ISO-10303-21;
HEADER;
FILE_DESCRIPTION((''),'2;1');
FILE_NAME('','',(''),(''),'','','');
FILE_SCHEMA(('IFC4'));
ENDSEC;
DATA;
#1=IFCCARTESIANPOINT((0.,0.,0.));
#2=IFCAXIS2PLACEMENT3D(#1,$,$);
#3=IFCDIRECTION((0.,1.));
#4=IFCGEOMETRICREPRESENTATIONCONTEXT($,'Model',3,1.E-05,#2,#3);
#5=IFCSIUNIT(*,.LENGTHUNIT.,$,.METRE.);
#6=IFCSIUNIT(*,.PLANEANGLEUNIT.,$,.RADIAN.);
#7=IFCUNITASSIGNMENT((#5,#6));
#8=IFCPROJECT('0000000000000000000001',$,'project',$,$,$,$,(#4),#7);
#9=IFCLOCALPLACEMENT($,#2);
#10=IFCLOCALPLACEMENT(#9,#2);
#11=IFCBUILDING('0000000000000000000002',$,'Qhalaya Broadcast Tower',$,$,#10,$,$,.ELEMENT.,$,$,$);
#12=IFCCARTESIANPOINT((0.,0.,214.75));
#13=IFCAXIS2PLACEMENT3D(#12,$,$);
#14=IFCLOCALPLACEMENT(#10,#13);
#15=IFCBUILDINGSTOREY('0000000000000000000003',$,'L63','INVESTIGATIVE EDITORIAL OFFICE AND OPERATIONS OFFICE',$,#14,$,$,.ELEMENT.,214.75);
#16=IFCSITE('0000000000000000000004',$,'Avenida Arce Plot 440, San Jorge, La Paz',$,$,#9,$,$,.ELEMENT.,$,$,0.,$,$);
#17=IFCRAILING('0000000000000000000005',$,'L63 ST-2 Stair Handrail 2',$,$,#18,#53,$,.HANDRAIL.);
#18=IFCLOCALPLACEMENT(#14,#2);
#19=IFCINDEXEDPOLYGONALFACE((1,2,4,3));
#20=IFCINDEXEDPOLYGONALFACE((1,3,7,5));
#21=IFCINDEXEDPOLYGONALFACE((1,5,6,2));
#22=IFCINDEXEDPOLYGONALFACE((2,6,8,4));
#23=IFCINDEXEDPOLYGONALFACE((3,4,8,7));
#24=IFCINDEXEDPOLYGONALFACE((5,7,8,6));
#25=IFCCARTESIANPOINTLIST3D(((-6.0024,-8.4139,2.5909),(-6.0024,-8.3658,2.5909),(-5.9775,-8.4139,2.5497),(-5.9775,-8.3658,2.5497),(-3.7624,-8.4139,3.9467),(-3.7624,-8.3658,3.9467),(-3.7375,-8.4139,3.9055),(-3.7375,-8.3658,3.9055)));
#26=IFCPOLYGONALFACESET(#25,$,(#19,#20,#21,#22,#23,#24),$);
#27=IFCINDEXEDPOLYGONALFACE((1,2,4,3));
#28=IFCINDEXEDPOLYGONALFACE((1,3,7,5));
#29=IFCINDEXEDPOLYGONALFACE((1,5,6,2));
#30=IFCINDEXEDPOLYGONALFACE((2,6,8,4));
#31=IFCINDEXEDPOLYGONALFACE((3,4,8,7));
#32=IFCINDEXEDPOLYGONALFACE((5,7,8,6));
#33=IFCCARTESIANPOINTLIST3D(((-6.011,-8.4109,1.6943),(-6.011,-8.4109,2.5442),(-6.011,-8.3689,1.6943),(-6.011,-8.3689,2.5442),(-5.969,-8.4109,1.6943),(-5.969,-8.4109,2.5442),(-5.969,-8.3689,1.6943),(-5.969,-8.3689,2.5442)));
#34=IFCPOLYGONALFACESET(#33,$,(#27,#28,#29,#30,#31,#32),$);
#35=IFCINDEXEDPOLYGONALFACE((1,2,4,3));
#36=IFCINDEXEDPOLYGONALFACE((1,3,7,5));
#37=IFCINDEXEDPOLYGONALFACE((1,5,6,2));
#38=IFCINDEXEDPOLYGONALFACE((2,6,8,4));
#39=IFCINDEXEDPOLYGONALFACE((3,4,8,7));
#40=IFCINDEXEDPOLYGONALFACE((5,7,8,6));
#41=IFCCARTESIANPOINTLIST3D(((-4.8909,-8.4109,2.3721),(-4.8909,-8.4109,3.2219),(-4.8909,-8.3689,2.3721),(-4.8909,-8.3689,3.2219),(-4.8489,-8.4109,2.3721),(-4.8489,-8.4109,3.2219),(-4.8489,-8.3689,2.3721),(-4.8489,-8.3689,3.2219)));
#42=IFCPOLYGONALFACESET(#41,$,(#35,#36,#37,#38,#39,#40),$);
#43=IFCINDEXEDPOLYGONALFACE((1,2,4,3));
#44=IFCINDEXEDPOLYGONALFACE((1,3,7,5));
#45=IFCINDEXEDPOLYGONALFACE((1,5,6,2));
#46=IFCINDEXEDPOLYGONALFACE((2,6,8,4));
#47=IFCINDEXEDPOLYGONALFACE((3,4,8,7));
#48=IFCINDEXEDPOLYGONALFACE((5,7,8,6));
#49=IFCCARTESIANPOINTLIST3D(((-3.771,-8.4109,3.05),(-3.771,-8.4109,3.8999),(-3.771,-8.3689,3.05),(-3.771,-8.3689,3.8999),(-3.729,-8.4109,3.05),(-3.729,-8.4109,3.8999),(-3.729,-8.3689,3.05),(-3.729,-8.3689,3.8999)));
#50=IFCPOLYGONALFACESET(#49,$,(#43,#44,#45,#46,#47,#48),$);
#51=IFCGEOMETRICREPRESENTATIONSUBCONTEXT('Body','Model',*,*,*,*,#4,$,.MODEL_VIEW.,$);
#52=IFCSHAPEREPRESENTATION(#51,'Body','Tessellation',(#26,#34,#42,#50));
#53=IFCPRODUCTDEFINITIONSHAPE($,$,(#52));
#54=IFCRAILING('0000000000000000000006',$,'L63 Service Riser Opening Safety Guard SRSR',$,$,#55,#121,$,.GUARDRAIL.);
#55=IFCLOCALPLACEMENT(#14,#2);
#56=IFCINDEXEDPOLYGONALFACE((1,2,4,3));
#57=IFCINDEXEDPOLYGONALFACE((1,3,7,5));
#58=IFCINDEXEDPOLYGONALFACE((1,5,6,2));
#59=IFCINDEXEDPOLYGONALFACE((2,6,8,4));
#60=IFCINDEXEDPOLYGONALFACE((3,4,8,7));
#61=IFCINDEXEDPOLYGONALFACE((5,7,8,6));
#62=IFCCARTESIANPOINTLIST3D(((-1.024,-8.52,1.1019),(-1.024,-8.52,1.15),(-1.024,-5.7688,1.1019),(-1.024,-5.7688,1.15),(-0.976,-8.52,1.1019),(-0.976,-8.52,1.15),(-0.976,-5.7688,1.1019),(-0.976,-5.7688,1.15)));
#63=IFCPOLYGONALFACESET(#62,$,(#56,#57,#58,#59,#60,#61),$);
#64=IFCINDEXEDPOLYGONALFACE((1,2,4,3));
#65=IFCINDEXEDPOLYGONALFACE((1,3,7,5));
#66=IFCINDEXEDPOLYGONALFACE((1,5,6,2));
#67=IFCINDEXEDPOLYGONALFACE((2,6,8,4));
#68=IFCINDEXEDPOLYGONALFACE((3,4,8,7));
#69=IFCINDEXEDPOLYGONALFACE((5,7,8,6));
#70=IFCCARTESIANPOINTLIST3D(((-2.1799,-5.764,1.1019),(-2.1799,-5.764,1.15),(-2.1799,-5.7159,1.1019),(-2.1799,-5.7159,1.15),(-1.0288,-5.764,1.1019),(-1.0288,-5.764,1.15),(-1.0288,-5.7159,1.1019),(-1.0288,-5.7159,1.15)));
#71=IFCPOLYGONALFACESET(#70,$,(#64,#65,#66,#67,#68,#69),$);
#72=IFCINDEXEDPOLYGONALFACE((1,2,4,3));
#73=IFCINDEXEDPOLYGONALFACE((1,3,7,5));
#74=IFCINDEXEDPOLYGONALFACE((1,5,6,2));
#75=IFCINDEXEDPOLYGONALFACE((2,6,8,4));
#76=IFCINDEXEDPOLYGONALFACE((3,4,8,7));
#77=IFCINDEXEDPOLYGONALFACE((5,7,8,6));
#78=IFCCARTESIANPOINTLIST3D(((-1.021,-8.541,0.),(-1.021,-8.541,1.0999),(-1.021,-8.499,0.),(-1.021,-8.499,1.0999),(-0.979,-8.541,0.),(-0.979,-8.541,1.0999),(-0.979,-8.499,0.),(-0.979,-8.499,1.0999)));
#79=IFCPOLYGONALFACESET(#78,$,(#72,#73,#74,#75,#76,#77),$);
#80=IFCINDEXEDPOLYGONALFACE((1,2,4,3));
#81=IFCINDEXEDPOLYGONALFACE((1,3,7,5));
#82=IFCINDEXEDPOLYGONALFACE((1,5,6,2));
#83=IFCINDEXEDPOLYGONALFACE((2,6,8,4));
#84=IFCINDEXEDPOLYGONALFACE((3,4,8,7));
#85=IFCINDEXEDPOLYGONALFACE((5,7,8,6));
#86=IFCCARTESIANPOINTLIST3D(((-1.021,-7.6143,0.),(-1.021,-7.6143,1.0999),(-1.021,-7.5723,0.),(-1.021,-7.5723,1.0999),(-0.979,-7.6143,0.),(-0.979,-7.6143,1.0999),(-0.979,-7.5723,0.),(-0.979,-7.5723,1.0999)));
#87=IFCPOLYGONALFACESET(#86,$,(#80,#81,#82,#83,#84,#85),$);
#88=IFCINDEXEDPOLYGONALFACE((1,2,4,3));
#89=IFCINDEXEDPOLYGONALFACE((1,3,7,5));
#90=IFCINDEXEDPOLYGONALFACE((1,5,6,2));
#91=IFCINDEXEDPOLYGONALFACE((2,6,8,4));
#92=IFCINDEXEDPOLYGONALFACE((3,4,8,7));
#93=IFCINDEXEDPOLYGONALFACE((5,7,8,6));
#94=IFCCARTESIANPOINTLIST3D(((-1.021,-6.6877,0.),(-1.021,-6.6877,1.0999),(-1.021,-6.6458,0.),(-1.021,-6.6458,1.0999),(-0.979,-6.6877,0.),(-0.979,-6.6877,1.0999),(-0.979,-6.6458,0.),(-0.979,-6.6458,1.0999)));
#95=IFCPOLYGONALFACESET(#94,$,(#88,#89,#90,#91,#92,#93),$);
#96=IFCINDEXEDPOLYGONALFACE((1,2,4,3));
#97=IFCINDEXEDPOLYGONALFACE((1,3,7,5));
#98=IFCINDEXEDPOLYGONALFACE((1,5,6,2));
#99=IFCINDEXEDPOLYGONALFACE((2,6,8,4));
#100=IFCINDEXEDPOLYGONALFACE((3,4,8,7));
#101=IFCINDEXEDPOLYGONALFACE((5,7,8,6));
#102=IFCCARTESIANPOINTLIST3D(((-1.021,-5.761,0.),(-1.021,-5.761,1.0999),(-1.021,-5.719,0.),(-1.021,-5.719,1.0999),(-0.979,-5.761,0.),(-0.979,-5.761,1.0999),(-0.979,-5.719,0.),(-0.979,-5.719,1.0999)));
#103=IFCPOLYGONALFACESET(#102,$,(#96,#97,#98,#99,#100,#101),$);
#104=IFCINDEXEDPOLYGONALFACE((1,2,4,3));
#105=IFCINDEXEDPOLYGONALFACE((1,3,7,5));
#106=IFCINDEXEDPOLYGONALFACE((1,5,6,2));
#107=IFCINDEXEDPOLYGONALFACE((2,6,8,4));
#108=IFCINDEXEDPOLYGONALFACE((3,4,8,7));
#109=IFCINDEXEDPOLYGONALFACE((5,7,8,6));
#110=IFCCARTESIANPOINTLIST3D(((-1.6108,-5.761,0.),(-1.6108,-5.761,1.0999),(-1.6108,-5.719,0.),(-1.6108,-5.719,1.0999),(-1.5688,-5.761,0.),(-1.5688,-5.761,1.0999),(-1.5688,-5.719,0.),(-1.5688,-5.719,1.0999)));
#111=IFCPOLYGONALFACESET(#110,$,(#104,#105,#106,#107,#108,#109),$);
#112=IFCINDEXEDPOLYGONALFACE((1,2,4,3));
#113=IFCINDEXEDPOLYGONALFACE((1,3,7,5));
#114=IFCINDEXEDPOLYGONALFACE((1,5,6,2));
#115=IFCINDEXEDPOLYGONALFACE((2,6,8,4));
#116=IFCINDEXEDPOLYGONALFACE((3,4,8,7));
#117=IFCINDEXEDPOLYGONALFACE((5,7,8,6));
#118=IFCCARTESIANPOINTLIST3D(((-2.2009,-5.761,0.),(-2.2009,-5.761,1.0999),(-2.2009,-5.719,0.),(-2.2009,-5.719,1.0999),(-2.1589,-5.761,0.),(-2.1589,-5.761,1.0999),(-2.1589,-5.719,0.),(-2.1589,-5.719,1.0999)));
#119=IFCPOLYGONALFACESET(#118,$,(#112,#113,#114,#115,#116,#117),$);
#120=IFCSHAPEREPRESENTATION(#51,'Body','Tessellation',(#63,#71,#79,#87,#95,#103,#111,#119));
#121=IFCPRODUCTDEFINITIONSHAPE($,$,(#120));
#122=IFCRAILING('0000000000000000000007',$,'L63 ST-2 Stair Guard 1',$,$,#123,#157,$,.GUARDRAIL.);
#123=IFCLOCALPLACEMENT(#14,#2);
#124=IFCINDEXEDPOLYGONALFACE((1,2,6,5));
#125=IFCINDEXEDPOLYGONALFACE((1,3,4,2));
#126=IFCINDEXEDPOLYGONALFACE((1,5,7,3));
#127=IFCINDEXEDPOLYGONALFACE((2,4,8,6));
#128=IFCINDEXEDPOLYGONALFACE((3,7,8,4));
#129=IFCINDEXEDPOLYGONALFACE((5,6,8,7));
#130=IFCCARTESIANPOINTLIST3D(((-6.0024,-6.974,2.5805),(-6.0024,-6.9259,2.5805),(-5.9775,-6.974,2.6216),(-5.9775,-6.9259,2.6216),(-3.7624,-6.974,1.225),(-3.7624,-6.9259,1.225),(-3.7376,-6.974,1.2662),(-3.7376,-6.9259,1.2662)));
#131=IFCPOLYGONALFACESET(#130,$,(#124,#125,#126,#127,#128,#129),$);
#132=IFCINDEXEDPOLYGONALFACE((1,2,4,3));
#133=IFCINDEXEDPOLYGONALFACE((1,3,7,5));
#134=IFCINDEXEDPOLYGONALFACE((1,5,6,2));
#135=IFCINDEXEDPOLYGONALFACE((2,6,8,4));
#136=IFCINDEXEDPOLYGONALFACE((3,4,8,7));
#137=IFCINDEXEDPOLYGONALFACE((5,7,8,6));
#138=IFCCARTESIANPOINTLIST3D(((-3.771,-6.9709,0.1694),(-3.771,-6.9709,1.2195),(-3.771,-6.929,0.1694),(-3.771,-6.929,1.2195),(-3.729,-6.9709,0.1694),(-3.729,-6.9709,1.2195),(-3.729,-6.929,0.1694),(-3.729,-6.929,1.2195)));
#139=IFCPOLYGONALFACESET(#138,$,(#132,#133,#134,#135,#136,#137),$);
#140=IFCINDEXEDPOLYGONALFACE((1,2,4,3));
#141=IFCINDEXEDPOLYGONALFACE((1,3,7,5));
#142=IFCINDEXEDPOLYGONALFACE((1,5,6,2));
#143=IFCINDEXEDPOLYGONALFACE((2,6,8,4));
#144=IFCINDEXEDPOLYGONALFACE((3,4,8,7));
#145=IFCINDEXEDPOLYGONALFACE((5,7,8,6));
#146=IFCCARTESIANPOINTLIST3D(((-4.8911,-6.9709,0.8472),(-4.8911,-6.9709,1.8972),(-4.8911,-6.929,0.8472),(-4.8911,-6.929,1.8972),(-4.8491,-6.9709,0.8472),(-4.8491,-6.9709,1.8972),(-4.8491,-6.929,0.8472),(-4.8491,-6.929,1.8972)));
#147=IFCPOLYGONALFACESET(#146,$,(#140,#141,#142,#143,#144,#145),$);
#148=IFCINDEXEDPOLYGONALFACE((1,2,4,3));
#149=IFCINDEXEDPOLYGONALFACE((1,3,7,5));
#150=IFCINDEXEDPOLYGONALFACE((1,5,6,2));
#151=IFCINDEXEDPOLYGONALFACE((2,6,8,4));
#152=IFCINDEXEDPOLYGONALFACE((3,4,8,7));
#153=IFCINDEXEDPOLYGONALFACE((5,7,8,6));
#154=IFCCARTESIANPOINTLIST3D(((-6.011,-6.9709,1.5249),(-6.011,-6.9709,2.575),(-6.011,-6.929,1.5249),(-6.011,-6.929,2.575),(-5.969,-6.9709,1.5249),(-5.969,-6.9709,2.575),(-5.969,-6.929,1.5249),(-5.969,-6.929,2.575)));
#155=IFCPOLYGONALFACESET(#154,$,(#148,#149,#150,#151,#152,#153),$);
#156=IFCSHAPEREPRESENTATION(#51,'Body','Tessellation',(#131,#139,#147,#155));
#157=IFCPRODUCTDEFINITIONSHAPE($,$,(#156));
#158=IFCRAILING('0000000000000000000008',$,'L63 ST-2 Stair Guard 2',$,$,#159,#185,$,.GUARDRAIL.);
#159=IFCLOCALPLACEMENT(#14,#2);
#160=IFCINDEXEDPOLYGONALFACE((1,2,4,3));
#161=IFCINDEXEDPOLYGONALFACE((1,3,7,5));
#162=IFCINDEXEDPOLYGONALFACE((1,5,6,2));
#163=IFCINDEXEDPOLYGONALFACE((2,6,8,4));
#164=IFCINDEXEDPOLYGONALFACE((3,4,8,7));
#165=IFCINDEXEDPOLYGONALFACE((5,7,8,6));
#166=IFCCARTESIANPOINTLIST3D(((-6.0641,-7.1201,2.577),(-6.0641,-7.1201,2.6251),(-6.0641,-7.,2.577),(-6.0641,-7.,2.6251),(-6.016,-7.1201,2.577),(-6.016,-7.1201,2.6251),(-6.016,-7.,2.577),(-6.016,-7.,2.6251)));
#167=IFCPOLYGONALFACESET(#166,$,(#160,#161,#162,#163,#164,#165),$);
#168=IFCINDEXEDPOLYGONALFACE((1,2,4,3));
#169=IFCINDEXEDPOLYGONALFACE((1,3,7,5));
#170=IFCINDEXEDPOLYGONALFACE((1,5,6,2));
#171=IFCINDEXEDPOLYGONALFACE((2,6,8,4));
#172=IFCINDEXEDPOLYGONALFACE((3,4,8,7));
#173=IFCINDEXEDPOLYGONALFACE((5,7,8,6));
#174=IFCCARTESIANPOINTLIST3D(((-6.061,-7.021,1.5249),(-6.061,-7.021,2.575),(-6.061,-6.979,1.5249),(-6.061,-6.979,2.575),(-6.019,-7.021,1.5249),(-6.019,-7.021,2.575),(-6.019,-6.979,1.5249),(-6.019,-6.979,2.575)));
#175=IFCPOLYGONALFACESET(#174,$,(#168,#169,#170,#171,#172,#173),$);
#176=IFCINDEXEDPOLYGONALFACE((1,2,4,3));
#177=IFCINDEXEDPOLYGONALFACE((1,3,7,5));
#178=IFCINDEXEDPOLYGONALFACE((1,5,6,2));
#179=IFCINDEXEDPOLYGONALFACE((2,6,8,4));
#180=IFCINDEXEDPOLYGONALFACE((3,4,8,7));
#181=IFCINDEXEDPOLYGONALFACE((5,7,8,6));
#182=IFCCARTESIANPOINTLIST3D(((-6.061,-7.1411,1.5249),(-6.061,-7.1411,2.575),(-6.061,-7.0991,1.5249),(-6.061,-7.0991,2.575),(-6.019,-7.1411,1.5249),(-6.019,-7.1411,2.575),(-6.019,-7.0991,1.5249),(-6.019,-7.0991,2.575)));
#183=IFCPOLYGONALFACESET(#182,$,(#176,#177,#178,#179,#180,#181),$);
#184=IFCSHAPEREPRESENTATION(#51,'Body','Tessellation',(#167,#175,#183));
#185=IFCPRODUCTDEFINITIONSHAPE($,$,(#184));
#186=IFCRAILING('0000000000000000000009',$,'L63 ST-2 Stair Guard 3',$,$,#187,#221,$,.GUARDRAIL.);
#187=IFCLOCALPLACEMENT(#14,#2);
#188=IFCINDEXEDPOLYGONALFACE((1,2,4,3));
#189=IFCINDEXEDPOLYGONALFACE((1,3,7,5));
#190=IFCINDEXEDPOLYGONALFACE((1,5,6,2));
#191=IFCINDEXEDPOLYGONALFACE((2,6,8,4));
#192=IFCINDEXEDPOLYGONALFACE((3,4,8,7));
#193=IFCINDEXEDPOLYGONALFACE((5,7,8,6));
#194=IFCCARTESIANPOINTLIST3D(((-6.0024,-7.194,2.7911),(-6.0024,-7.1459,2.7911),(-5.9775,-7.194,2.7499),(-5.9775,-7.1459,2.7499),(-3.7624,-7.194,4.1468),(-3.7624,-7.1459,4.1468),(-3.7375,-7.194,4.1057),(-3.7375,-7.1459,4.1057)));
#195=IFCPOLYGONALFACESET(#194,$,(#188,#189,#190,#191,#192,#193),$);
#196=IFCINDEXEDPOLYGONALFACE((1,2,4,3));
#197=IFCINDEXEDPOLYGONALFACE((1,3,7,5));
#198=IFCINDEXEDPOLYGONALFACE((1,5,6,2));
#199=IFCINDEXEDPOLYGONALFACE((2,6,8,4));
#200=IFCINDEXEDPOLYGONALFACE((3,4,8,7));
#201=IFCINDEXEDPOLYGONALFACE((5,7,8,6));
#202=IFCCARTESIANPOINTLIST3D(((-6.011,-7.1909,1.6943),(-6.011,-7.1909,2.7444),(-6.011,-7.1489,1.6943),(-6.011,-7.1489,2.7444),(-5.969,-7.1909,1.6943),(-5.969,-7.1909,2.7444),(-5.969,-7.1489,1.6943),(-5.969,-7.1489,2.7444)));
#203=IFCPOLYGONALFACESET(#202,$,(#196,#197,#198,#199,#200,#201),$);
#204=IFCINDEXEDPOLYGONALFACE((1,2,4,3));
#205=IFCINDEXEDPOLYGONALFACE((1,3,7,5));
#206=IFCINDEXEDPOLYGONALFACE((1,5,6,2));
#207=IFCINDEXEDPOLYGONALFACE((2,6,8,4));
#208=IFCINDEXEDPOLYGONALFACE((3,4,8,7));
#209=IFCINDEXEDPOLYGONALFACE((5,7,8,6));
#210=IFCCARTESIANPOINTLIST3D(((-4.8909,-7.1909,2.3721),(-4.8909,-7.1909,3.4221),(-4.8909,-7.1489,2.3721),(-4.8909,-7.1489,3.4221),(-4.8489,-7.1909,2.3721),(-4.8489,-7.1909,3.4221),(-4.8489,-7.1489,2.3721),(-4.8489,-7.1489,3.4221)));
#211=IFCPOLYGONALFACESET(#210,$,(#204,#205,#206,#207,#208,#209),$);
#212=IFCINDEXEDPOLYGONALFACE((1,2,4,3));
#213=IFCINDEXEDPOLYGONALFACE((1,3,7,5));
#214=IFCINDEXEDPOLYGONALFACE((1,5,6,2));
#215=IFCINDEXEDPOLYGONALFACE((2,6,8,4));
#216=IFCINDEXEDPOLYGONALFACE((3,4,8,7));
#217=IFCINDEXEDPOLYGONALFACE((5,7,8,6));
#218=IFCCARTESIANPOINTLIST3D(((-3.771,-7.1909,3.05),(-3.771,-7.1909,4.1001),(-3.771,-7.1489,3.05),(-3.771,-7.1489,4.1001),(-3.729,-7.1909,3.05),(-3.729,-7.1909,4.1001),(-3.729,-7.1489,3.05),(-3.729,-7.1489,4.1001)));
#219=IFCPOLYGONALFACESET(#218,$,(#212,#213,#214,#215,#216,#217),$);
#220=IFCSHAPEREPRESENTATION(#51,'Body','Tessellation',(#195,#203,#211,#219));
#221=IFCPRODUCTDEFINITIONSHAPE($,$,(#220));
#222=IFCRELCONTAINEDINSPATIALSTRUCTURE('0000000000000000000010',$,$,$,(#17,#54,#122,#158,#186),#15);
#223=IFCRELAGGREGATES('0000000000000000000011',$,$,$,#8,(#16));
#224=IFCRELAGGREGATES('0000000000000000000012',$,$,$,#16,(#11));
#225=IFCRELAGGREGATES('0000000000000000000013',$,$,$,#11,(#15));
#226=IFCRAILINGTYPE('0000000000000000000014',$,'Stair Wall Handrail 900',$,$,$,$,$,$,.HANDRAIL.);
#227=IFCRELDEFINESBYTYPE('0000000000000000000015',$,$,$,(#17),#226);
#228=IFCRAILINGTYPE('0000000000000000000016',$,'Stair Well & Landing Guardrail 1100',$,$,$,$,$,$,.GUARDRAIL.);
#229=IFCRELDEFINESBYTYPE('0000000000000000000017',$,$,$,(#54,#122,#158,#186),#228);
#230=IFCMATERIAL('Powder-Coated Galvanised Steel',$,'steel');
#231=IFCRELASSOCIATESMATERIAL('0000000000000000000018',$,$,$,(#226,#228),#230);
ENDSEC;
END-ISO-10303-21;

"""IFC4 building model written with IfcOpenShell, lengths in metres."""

from ifc_helpers import new_model, si_unit, direction, frame, origin, origin_2d, place, context, subcontext, project, spatial, rectangle, extrude, material, type_object, element, save


model = new_model("IFC4")

# Units and contexts
model_context = context("Model", 3, precision=1e-05, world=origin(), true_north=direction((0.0, 1.0)))
body_context = subcontext(model_context, "Body", "Model", "MODEL_VIEW")
ifc_project = project(units=[si_unit("LENGTHUNIT", "METRE"), si_unit("PLANEANGLEUNIT", "RADIAN")], contexts=[model_context])

# Site, building, storey
site_placement = place(None, origin())
site = spatial("IfcSite", under=ifc_project, at=site_placement, Name="Avenida Arce Plot 440, San Jorge, La Paz", CompositionType="ELEMENT", RefElevation=0.0)
building_placement = place(site_placement, origin())
building = spatial("IfcBuilding", under=site, at=building_placement, Name="Qhalaya Broadcast Tower", CompositionType="ELEMENT")
storey_placement = place(building_placement, frame((0.0, 0.0, 214.75)))
storey = spatial("IfcBuildingStorey", under=building, at=storey_placement, Name="L63", Description="INVESTIGATIVE EDITORIAL OFFICE AND OPERATIONS OFFICE", CompositionType="ELEMENT", Elevation=214.75)

# Railings
ifc_material_1 = material(Name="Powder-Coated Galvanised Steel", Category="steel")
railing_type_1 = type_object("IfcRailingType", Name="Stair Wall Handrail 900", PredefinedType="HANDRAIL", material=ifc_material_1)
railing_1_placement = place(storey_placement, frame((-5.99, -8.3899, 1.6943)))
element("IfcRailing", 1, at=railing_1_placement, inside=storey, type_object=railing_type_1, Name="L63 ST-2 Stair Handrail 2", PredefinedType="HANDRAIL", context=body_context, shape_type="SweptSolid", body=[
    extrude(rectangle(XDim=0.0481, YDim=0.0481, at=origin_2d()), frame((0.0, 0.0, 0.876), z_axis=(0.855512, 0.0, 0.517783), x_axis=(0.0, 1.0, 0.0)), (0.0, 0.0, 1.0), 2.6184),
    extrude(rectangle(XDim=0.042, YDim=0.042, at=origin_2d()), origin(), (0.0, 0.0, 1.0), 0.8499),
    extrude(rectangle(XDim=0.042, YDim=0.042, at=origin_2d()), frame((1.1201, 0.0, 0.6777)), (0.0, 0.0, 1.0), 0.8499),
    extrude(rectangle(XDim=0.042, YDim=0.042, at=origin_2d()), frame((2.24, 0.0, 1.3557)), (0.0, 0.0, 1.0), 0.8499),
])
railing_type_2 = type_object("IfcRailingType", Name="Stair Well & Landing Guardrail 1100", PredefinedType="GUARDRAIL", material=ifc_material_1)
railing_2_placement = place(storey_placement, frame((-1.0, -8.52, 0.0)))
element("IfcRailing", 2, at=railing_2_placement, inside=storey, type_object=railing_type_2, Name="L63 Service Riser Opening Safety Guard SRSR", PredefinedType="GUARDRAIL", context=body_context, shape_type="SweptSolid", body=[
    extrude(rectangle(XDim=0.0481, YDim=0.0481, at=origin_2d()), frame((0.0, 0.0, 1.126), z_axis=(0.0, 1.0, 0.0), x_axis=(-1.0, 0.0, 0.0)), (0.0, 0.0, 1.0), 2.7512),
    extrude(rectangle(XDim=0.0481, YDim=0.0481, at=origin_2d()), frame((-0.0288, 2.78, 1.126), z_axis=(-1.0, 0.0, 0.0), x_axis=(0.0, -1.0, 0.0)), (0.0, 0.0, 1.0), 1.1511),
    extrude(rectangle(XDim=0.042, YDim=0.042, at=origin_2d()), origin(), (0.0, 0.0, 1.0), 1.0999),
    extrude(rectangle(XDim=0.042, YDim=0.042, at=origin_2d()), frame((0.0, 0.9268, 0.0)), (0.0, 0.0, 1.0), 1.0999),
    extrude(rectangle(XDim=0.042, YDim=0.042, at=origin_2d()), frame((0.0, 1.8533, 0.0)), (0.0, 0.0, 1.0), 1.0999),
    extrude(rectangle(XDim=0.042, YDim=0.042, at=origin_2d()), frame((0.0, 2.78, 0.0)), (0.0, 0.0, 1.0), 1.0999),
    extrude(rectangle(XDim=0.042, YDim=0.042, at=origin_2d()), frame((-0.5898, 2.78, 0.0)), (0.0, 0.0, 1.0), 1.0999),
    extrude(rectangle(XDim=0.042, YDim=0.042, at=origin_2d()), frame((-1.1799, 2.78, 0.0)), (0.0, 0.0, 1.0), 1.0999),
])
railing_3_placement = place(storey_placement, frame((-3.75, -6.95, 0.1694)))
element("IfcRailing", 3, at=railing_3_placement, inside=storey, type_object=railing_type_2, Name="L63 ST-2 Stair Guard 1", PredefinedType="GUARDRAIL", context=body_context, shape_type="SweptSolid", body=[
    extrude(rectangle(XDim=0.0481, YDim=0.0481, at=origin_2d()), frame((0.0, 0.0, 1.0762), z_axis=(-0.855553, 0.0, 0.517715), x_axis=(0.0, -1.0, 0.0)), (0.0, 0.0, 1.0), 2.6182),
    extrude(rectangle(XDim=0.042, YDim=0.042, at=origin_2d()), origin(), (0.0, 0.0, 1.0), 1.05),
    extrude(rectangle(XDim=0.042, YDim=0.042, at=origin_2d()), frame((-1.1201, 0.0, 0.6777)), (0.0, 0.0, 1.0), 1.05),
    extrude(rectangle(XDim=0.042, YDim=0.042, at=origin_2d()), frame((-2.24, 0.0, 1.3555)), (0.0, 0.0, 1.0), 1.05),
])
railing_4_placement = place(storey_placement, frame((-6.04, -7.0, 1.5249)))
element("IfcRailing", 4, at=railing_4_placement, inside=storey, type_object=railing_type_2, Name="L63 ST-2 Stair Guard 2", PredefinedType="GUARDRAIL", context=body_context, shape_type="SweptSolid", body=[
    extrude(rectangle(XDim=0.0481, YDim=0.0481, at=origin_2d()), frame((0.0, 0.0, 1.0762), z_axis=(0.0, -1.0, 0.0), x_axis=(1.0, 0.0, 0.0)), (0.0, 0.0, 1.0), 0.1201),
    extrude(rectangle(XDim=0.042, YDim=0.042, at=origin_2d()), origin(), (0.0, 0.0, 1.0), 1.05),
    extrude(rectangle(XDim=0.042, YDim=0.042, at=origin_2d()), frame((0.0, -0.1201, 0.0)), (0.0, 0.0, 1.0), 1.05),
])
railing_5_placement = place(storey_placement, frame((-5.99, -7.1699, 1.6943)))
element("IfcRailing", 5, at=railing_5_placement, inside=storey, type_object=railing_type_2, Name="L63 ST-2 Stair Guard 3", PredefinedType="GUARDRAIL", context=body_context, shape_type="SweptSolid", body=[
    extrude(rectangle(XDim=0.0481, YDim=0.0481, at=origin_2d()), frame((0.0, 0.0, 1.0762), z_axis=(0.855512, 0.0, 0.517783), x_axis=(0.0, 1.0, 0.0)), (0.0, 0.0, 1.0), 2.6184),
    extrude(rectangle(XDim=0.042, YDim=0.042, at=origin_2d()), origin(), (0.0, 0.0, 1.0), 1.05),
    extrude(rectangle(XDim=0.042, YDim=0.042, at=origin_2d()), frame((1.1201, 0.0, 0.6777)), (0.0, 0.0, 1.0), 1.05),
    extrude(rectangle(XDim=0.042, YDim=0.042, at=origin_2d()), frame((2.24, 0.0, 1.3557)), (0.0, 0.0, 1.0), 1.05),
])

save(model, "model.ifc")
